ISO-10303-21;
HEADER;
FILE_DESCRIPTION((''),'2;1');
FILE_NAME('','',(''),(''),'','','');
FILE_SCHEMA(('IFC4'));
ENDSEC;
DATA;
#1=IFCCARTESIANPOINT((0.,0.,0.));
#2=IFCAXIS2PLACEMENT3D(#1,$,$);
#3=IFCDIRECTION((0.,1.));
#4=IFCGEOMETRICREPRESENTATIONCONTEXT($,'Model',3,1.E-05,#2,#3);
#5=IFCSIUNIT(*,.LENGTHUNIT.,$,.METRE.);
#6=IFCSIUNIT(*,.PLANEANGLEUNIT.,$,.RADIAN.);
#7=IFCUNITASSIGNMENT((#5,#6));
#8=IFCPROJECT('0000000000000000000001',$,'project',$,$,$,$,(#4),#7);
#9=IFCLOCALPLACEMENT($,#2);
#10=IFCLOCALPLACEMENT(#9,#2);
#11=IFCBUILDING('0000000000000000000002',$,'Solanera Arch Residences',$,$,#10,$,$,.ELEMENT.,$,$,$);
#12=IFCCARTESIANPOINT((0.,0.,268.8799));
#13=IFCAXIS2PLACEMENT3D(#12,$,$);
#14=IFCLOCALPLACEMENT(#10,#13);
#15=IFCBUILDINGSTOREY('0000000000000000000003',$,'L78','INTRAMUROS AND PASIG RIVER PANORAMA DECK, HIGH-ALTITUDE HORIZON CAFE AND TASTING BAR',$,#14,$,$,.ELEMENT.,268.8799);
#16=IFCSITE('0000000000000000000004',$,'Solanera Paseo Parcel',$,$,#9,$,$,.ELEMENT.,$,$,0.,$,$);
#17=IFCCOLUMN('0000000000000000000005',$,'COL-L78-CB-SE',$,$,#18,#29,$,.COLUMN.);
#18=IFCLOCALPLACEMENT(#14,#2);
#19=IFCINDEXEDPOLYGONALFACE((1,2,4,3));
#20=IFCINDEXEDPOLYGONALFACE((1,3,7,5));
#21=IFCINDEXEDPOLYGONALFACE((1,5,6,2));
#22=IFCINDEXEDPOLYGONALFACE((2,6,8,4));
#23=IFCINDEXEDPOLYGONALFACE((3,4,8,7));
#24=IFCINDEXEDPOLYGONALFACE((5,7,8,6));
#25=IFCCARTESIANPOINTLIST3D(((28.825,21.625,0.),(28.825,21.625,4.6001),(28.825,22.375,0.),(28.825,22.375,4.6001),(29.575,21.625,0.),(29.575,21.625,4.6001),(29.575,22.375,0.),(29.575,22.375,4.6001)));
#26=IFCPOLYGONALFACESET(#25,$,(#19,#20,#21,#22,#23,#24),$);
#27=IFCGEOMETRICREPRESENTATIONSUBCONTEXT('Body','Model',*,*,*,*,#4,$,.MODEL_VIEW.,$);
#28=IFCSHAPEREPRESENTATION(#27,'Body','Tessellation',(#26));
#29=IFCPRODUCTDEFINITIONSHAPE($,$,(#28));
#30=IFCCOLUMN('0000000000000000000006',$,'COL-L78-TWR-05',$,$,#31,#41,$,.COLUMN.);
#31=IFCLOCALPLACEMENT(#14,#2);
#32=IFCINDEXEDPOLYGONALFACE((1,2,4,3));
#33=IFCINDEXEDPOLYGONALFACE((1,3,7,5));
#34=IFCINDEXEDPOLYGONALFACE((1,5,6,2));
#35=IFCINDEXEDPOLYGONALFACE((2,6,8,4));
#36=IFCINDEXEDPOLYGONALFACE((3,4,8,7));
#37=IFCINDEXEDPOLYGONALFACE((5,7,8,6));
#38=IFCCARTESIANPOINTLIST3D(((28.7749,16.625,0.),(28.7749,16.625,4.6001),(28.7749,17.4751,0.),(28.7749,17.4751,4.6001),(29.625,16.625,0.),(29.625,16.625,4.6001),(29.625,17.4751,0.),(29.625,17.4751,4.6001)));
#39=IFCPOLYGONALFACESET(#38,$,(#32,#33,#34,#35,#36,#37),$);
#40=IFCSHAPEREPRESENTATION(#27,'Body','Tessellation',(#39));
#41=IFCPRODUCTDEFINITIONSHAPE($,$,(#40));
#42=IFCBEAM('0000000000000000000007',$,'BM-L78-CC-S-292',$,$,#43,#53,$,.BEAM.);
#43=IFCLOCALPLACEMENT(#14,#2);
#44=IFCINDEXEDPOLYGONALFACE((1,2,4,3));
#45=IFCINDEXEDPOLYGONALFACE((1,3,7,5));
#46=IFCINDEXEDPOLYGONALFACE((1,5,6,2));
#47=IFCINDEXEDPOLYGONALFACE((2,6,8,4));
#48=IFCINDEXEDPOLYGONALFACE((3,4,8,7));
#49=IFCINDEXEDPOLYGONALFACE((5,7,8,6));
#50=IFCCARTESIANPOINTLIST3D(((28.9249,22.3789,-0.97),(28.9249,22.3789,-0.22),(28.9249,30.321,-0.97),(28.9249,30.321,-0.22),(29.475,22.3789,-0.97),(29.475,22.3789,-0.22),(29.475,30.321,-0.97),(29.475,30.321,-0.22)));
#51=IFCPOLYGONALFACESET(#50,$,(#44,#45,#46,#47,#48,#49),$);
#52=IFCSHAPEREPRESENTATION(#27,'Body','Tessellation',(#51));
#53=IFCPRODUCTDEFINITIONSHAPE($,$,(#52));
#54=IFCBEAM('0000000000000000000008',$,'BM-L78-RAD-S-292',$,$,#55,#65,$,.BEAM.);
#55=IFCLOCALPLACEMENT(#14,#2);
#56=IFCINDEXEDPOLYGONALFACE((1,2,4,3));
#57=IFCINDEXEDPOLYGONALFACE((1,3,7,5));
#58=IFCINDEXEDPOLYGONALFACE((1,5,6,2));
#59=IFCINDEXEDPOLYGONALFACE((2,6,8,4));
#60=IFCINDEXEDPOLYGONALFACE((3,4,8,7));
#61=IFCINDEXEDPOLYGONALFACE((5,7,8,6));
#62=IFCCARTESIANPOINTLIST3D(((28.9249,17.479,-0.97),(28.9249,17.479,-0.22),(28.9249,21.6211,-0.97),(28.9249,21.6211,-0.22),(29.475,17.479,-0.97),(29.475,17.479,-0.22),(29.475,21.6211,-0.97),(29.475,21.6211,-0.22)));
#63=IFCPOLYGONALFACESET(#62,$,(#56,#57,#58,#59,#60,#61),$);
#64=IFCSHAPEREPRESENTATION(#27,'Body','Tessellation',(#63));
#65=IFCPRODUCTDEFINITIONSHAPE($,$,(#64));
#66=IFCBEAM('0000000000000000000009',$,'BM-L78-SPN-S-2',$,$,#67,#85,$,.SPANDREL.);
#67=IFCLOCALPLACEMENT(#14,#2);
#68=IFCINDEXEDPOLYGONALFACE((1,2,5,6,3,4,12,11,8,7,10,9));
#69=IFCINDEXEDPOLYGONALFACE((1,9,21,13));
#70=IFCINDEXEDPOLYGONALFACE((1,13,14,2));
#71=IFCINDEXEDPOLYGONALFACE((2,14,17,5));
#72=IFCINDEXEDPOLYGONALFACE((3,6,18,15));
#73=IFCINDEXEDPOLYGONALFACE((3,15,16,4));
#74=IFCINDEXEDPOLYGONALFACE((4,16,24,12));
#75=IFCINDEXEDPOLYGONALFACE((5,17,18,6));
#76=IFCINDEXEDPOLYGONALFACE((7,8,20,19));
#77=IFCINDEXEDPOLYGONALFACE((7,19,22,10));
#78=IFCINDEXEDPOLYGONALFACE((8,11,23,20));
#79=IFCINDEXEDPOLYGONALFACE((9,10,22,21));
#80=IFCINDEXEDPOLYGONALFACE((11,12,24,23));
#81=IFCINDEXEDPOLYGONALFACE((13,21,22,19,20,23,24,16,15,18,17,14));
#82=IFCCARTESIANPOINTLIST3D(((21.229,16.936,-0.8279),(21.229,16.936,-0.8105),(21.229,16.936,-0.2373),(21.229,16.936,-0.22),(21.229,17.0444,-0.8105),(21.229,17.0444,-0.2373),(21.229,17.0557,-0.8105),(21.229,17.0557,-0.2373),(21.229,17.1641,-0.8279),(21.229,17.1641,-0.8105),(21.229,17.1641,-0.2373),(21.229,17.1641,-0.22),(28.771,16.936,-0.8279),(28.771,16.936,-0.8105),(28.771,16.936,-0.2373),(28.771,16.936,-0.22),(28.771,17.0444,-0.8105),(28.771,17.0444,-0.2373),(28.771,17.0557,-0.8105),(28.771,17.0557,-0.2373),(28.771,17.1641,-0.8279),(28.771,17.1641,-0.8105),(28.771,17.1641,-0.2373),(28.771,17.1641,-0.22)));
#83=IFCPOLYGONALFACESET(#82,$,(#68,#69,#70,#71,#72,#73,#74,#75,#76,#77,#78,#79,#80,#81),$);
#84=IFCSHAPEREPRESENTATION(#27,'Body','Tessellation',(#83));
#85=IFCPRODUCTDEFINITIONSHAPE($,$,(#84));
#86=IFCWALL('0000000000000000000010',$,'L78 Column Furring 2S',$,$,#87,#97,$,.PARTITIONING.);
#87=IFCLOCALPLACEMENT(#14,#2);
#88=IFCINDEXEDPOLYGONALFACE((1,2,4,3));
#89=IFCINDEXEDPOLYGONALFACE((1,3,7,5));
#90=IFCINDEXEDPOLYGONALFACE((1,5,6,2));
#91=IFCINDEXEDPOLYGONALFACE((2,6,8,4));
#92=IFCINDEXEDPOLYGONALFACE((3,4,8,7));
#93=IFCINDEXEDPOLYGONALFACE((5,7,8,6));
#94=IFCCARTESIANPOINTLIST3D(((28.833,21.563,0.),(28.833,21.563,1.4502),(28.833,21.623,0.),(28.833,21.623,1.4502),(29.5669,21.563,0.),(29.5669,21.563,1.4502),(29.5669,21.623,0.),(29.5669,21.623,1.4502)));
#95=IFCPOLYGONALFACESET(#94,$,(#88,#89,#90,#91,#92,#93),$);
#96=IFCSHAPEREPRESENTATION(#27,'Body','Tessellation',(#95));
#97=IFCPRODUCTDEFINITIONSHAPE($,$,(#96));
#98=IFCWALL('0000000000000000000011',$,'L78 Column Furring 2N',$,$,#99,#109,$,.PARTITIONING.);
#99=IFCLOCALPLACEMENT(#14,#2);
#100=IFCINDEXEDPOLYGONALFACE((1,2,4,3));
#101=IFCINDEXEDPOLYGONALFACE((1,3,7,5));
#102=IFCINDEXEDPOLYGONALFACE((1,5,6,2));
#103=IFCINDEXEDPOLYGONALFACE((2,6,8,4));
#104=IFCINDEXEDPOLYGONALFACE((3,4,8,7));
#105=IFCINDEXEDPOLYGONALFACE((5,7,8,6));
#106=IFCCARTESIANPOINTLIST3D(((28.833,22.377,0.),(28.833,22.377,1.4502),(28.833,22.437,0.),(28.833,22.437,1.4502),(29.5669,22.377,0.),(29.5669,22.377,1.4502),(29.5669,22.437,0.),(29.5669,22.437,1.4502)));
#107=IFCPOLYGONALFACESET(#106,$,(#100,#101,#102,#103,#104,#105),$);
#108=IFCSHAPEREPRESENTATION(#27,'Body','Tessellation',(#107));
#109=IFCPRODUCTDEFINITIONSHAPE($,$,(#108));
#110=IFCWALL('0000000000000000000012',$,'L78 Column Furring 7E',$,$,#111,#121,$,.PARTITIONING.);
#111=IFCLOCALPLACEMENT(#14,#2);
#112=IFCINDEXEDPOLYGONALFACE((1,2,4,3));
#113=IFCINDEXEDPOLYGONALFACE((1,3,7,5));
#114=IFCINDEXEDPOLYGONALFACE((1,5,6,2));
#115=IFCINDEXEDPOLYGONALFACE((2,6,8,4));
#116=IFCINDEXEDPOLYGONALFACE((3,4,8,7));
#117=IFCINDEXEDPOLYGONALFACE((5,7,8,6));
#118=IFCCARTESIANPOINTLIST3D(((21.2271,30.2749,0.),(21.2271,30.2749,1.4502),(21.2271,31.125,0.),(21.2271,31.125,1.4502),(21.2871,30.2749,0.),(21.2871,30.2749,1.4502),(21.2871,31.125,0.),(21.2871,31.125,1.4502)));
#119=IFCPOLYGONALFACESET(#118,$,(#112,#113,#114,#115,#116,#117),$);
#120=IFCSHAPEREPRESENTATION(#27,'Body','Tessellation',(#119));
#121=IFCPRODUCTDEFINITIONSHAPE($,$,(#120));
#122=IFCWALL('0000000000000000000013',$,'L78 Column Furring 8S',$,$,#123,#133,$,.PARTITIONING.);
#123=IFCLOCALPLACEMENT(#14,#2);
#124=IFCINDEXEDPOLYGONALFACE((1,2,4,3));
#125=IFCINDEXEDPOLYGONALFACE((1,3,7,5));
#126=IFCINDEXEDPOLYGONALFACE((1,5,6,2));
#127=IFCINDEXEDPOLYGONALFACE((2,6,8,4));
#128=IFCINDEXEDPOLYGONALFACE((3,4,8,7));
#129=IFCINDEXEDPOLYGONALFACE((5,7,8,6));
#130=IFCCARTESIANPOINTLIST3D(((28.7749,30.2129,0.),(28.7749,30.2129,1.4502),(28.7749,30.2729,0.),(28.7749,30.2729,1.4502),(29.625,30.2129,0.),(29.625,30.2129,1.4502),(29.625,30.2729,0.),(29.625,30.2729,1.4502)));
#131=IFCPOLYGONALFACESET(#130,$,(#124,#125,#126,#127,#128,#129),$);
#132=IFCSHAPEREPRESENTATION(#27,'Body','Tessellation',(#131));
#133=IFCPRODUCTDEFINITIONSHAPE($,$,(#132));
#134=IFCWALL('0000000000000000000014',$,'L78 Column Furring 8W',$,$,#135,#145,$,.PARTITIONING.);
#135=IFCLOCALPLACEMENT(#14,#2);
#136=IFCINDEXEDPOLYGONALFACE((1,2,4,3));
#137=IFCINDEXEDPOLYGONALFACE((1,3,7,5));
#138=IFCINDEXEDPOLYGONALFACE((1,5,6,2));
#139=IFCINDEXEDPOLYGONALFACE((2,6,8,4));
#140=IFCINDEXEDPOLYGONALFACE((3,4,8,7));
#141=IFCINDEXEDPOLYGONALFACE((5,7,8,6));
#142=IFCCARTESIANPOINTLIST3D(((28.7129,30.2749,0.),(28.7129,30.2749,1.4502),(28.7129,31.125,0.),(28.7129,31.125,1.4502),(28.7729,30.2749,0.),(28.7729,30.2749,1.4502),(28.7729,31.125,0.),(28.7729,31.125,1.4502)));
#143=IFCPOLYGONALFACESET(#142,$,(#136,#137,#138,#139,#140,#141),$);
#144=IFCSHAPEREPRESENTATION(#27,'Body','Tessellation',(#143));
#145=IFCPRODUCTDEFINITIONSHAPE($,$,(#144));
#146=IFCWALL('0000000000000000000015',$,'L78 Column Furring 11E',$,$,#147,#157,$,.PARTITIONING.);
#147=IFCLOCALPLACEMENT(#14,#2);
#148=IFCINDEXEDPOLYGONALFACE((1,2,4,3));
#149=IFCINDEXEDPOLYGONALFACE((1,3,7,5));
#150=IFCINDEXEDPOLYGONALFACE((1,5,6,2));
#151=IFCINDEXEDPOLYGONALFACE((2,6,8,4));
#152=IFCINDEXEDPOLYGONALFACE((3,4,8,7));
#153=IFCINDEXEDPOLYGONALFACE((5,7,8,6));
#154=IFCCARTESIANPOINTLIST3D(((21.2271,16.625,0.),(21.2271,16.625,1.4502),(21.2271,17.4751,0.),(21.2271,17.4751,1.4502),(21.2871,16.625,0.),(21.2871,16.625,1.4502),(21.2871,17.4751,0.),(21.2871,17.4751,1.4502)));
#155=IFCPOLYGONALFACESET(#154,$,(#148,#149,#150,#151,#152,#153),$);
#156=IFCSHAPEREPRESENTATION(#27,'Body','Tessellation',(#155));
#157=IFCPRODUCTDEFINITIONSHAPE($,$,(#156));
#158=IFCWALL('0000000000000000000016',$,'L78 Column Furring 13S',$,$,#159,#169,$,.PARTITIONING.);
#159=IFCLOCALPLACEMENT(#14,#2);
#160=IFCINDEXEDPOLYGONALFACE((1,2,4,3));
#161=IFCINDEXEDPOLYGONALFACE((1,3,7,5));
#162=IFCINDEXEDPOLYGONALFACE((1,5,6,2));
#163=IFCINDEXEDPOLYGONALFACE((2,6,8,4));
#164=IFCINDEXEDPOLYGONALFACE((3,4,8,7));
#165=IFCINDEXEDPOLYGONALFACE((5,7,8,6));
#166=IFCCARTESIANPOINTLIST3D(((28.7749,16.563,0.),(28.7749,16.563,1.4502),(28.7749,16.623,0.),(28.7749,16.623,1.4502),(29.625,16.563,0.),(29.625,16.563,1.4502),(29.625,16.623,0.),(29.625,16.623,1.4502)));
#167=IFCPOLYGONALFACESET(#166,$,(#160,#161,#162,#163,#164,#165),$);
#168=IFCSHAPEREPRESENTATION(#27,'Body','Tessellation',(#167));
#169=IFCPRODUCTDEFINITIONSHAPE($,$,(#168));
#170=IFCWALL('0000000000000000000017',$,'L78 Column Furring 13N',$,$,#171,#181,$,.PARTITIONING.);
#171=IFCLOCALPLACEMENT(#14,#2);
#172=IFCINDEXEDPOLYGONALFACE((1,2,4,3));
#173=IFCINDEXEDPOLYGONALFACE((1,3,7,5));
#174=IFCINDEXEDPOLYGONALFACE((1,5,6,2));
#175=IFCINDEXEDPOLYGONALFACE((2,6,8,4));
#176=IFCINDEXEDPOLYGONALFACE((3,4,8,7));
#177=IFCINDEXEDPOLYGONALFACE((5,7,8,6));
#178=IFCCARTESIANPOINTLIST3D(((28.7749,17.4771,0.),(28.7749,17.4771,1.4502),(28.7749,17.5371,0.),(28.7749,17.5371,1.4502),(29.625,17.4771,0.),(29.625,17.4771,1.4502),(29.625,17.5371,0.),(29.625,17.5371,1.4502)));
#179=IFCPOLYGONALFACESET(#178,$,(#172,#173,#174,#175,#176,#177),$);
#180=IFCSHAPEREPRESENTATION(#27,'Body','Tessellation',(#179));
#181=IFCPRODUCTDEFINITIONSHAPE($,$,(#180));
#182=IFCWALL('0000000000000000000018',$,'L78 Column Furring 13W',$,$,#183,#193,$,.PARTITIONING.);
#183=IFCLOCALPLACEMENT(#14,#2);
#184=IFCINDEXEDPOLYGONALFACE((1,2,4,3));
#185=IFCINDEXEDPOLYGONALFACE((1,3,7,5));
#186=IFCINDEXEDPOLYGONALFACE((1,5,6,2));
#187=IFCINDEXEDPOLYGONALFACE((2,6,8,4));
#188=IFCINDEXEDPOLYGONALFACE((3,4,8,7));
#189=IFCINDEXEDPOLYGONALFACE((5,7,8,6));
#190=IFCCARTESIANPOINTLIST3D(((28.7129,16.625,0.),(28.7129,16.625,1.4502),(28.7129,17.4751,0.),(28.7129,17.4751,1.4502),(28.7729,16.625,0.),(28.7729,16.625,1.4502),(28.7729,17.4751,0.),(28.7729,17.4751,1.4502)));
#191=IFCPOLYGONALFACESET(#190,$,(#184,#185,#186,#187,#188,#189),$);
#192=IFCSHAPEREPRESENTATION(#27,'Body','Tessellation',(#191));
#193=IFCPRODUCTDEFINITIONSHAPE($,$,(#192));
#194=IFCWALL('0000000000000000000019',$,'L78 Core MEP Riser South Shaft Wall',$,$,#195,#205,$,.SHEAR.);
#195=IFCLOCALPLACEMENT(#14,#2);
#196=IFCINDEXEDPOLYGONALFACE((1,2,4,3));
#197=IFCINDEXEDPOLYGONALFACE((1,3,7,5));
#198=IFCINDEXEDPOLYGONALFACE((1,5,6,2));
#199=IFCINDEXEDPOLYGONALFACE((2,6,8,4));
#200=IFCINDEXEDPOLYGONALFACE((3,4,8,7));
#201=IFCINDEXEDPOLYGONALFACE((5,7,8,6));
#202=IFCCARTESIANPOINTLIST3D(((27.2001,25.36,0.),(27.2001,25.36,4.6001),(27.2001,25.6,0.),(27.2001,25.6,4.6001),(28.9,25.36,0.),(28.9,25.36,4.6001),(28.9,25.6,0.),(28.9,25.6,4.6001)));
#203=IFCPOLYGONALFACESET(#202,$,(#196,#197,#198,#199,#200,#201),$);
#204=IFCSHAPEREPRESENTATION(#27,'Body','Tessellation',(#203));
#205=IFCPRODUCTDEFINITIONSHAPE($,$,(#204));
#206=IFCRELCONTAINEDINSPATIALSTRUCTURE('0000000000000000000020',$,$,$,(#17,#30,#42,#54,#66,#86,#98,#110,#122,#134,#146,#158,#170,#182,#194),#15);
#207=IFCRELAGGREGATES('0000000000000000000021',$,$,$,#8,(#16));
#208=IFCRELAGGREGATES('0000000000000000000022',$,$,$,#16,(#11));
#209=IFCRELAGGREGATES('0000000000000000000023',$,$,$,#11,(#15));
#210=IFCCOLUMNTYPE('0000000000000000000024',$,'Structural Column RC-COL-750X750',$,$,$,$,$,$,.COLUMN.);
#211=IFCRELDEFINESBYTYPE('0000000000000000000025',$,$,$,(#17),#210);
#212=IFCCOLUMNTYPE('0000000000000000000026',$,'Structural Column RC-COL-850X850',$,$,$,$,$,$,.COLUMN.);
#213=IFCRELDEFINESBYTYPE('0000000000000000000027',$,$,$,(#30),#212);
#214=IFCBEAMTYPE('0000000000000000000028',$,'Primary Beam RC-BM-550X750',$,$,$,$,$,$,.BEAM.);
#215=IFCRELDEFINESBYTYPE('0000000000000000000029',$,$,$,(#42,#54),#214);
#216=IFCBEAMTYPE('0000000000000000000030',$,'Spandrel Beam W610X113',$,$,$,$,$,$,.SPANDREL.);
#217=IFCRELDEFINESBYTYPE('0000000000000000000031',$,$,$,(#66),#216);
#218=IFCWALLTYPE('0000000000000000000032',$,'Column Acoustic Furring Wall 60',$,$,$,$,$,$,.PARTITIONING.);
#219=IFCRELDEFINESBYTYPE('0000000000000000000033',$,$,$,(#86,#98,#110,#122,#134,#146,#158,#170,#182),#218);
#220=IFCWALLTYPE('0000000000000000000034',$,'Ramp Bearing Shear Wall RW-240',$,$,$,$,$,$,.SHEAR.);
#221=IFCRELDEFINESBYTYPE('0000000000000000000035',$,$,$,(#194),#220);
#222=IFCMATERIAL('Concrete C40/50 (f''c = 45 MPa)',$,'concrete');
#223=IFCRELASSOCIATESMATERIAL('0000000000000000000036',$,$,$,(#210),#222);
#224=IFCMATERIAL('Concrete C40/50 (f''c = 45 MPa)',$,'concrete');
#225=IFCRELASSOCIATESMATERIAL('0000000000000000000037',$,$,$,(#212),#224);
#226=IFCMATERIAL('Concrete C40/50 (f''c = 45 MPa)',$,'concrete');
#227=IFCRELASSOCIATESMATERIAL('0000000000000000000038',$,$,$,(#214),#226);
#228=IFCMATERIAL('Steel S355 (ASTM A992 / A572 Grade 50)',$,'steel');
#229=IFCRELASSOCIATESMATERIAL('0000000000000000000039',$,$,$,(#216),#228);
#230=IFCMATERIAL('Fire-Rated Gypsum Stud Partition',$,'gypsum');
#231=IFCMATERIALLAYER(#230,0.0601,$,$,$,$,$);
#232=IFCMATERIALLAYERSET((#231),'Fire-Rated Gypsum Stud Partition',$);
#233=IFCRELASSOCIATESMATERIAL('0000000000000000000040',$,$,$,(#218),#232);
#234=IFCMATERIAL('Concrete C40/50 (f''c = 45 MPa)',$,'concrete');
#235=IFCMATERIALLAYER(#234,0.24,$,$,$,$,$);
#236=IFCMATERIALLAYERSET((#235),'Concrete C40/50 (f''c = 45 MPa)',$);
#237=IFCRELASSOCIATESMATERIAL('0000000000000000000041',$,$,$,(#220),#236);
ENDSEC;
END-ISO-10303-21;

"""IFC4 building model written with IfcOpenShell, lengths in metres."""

from ifc_helpers import new_model, si_unit, direction, frame, frame_2d, origin, origin_2d, place, context, subcontext, project, spatial, rectangle, i_section, extrude, material, layer, layer_set, material_profile, profile_set, type_object, element, save


model = new_model("IFC4")

# Units and contexts
model_context = context("Model", 3, precision=1e-05, world=origin(), true_north=direction((0.0, 1.0)))
body_context = subcontext(model_context, "Body", "Model", "MODEL_VIEW")
ifc_project = project(units=[si_unit("LENGTHUNIT", "METRE"), si_unit("PLANEANGLEUNIT", "RADIAN")], contexts=[model_context])

# Site, building, storey
site_placement = place(None, origin())
site = spatial("IfcSite", under=ifc_project, at=site_placement, Name="Solanera Paseo Parcel", CompositionType="ELEMENT", RefElevation=0.0)
building_placement = place(site_placement, origin())
building = spatial("IfcBuilding", under=site, at=building_placement, Name="Solanera Arch Residences", CompositionType="ELEMENT")
storey_placement = place(building_placement, frame((0.0, 0.0, 268.8799)))
storey = spatial("IfcBuildingStorey", under=building, at=storey_placement, Name="L78", Description="INTRAMUROS AND PASIG RIVER PANORAMA DECK, HIGH-ALTITUDE HORIZON CAFE AND TASTING BAR", CompositionType="ELEMENT", Elevation=268.8799)

# Columns
ifc_material_1 = material(Name="Concrete C40/50 (f'c = 45 MPa)", Category="concrete")
ifc_material_profile_1 = material_profile(ifc_material_1, rectangle(XDim=0.75, YDim=0.75, at=origin_2d()))
ifc_profile_set_1 = profile_set([ifc_material_profile_1], Name="Concrete C40/50 (f'c = 45 MPa)")
column_type_1 = type_object("IfcColumnType", Name="Structural Column RC-COL-750X750", PredefinedType="COLUMN", material=ifc_profile_set_1)
column_1_placement = place(storey_placement, frame((29.2, 22.0, 0.0), z_axis=(0.0, 0.0, 1.0), x_axis=(1.0, 0.0, 0.0)))
element("IfcColumn", 1, at=column_1_placement, inside=storey, type_object=column_type_1, Name="COL-L78-CB-SE", PredefinedType="COLUMN", context=body_context, shape_type="SweptSolid", body=[
    extrude(rectangle(XDim=0.75, YDim=0.75, at=origin_2d()), origin(), (0.0, 0.0, 1.0), 4.6001),
])
ifc_material_2 = material(Name="Concrete C40/50 (f'c = 45 MPa)", Category="concrete")
ifc_material_profile_2 = material_profile(ifc_material_2, rectangle(XDim=0.8501, YDim=0.8501, at=origin_2d()))
ifc_profile_set_2 = profile_set([ifc_material_profile_2], Name="Concrete C40/50 (f'c = 45 MPa)")
column_type_2 = type_object("IfcColumnType", Name="Structural Column RC-COL-850X850", PredefinedType="COLUMN", material=ifc_profile_set_2)
column_2_placement = place(storey_placement, frame((29.2, 17.05, 0.0), z_axis=(0.0, 0.0, 1.0), x_axis=(1.0, 0.0, 0.0)))
element("IfcColumn", 2, at=column_2_placement, inside=storey, type_object=column_type_2, Name="COL-L78-TWR-05", PredefinedType="COLUMN", context=body_context, shape_type="SweptSolid", body=[
    extrude(rectangle(XDim=0.8501, YDim=0.8501, at=origin_2d()), origin(), (0.0, 0.0, 1.0), 4.6001),
])

# Beams
ifc_material_3 = material(Name="Concrete C40/50 (f'c = 45 MPa)", Category="concrete")
ifc_material_profile_3 = material_profile(ifc_material_3, rectangle(XDim=0.55, YDim=0.75, at=origin_2d()))
ifc_profile_set_3 = profile_set([ifc_material_profile_3], Name="Concrete C40/50 (f'c = 45 MPa)")
beam_type_1 = type_object("IfcBeamType", Name="Primary Beam RC-BM-550X750", PredefinedType="BEAM", material=ifc_profile_set_3)
beam_1_placement = place(storey_placement, frame((29.2, 22.3789, -0.595), z_axis=(0.0, 1.0, 0.0), x_axis=(-1.0, 0.0, 0.0)))
element("IfcBeam", 3, at=beam_1_placement, inside=storey, type_object=beam_type_1, Name="BM-L78-CC-S-292", PredefinedType="BEAM", context=body_context, shape_type="SweptSolid", body=[
    extrude(rectangle(XDim=0.55, YDim=0.75, at=origin_2d()), origin(), (0.0, 0.0, 1.0), 7.9421),
])
beam_2_placement = place(storey_placement, frame((29.2, 17.479, -0.595), z_axis=(0.0, 1.0, 0.0), x_axis=(-1.0, 0.0, 0.0)))
element("IfcBeam", 4, at=beam_2_placement, inside=storey, type_object=beam_type_1, Name="BM-L78-RAD-S-292", PredefinedType="BEAM", context=body_context, shape_type="SweptSolid", body=[
    extrude(rectangle(XDim=0.55, YDim=0.75, at=origin_2d()), origin(), (0.0, 0.0, 1.0), 4.1421),
])
ifc_material_4 = material(Name="Steel S355 (ASTM A992 / A572 Grade 50)", Category="steel")
ifc_material_profile_4 = material_profile(ifc_material_4, i_section(OverallWidth=0.228, OverallDepth=0.6079, WebThickness=0.0112, FlangeThickness=0.0173, at=origin_2d()))
ifc_profile_set_4 = profile_set([ifc_material_profile_4], Name="Steel S355 (ASTM A992 / A572 Grade 50)")
beam_type_2 = type_object("IfcBeamType", Name="Spandrel Beam W610X113", PredefinedType="SPANDREL", material=ifc_profile_set_4)
beam_3_placement = place(storey_placement, frame((21.229, 17.05, -0.5239), z_axis=(1.0, 0.0, 0.0), x_axis=(0.0, 1.0, 0.0)))
element("IfcBeam", 5, at=beam_3_placement, inside=storey, type_object=beam_type_2, Name="BM-L78-SPN-S-2", PredefinedType="SPANDREL", context=body_context, shape_type="SweptSolid", body=[
    extrude(i_section(OverallWidth=0.228, OverallDepth=0.6079, WebThickness=0.0112, FlangeThickness=0.0173, at=origin_2d()), origin(), (0.0, 0.0, 1.0), 7.542),
])

# Walls
ifc_material_5 = material(Name="Fire-Rated Gypsum Stud Partition", Category="gypsum")
ifc_layer_1 = layer(ifc_material_5, 0.0601)
ifc_layer_set_1 = layer_set([ifc_layer_1], Name="Fire-Rated Gypsum Stud Partition")
wall_type_1 = type_object("IfcWallType", Name="Column Acoustic Furring Wall 60", PredefinedType="PARTITIONING", material=ifc_layer_set_1)
for number, where, z_axis, x_axis, name in (
    (6, (28.833, 21.593, 0.0), (0.0, 0.0, 1.0), (1.0, 0.0, 0.0), "L78 Column Furring 2S"),
    (7, (28.833, 22.407, 0.0), (0.0, 0.0, 1.0), (1.0, 0.0, 0.0), "L78 Column Furring 2N"),
):
    element("IfcWall", number, at=place(storey_placement, frame(where, z_axis=z_axis, x_axis=x_axis)), inside=storey, type_object=wall_type_1, Name=name, PredefinedType="PARTITIONING", context=body_context, shape_type="SweptSolid", body=[
        extrude(rectangle(XDim=0.7339, YDim=0.0601, at=frame_2d((0.3669, 0.0))), origin(), (0.0, 0.0, 1.0), 1.4502),
    ])
for number, where, z_axis, x_axis, name in (
    (8, (21.2571, 30.2749, 0.0), (0.0, 0.0, 1.0), (0.0, 1.0, 0.0), "L78 Column Furring 7E"),
    (9, (28.7749, 30.2429, 0.0), (0.0, 0.0, 1.0), (1.0, 0.0, 0.0), "L78 Column Furring 8S"),
    (10, (28.7429, 30.2749, 0.0), (0.0, 0.0, 1.0), (0.0, 1.0, 0.0), "L78 Column Furring 8W"),
    (11, (21.2571, 16.625, 0.0), (0.0, 0.0, 1.0), (0.0, 1.0, 0.0), "L78 Column Furring 11E"),
    (12, (28.7749, 16.593, 0.0), (0.0, 0.0, 1.0), (1.0, 0.0, 0.0), "L78 Column Furring 13S"),
    (13, (28.7749, 17.5071, 0.0), (0.0, 0.0, 1.0), (1.0, 0.0, 0.0), "L78 Column Furring 13N"),
    (14, (28.7429, 16.625, 0.0), (0.0, 0.0, 1.0), (0.0, 1.0, 0.0), "L78 Column Furring 13W"),
):
    element("IfcWall", number, at=place(storey_placement, frame(where, z_axis=z_axis, x_axis=x_axis)), inside=storey, type_object=wall_type_1, Name=name, PredefinedType="PARTITIONING", context=body_context, shape_type="SweptSolid", body=[
        extrude(rectangle(XDim=0.8501, YDim=0.0601, at=frame_2d((0.425, 0.0))), origin(), (0.0, 0.0, 1.0), 1.4502),
    ])
ifc_material_6 = material(Name="Concrete C40/50 (f'c = 45 MPa)", Category="concrete")
ifc_layer_2 = layer(ifc_material_6, 0.24)
ifc_layer_set_2 = layer_set([ifc_layer_2], Name="Concrete C40/50 (f'c = 45 MPa)")
wall_type_2 = type_object("IfcWallType", Name="Ramp Bearing Shear Wall RW-240", PredefinedType="SHEAR", material=ifc_layer_set_2)
for number, where, z_axis, x_axis, name in (
    (15, (27.2, 25.48, 0.0), (0.0, 0.0, 1.0), (1.0, 0.0, 0.0), "L78 Core MEP Riser South Shaft Wall"),
):
    element("IfcWall", number, at=place(storey_placement, frame(where, z_axis=z_axis, x_axis=x_axis)), inside=storey, type_object=wall_type_2, Name=name, PredefinedType="SHEAR", context=body_context, shape_type="SweptSolid", body=[
        extrude(rectangle(XDim=1.7, YDim=0.24, at=frame_2d((0.8501, 0.0))), origin(), (0.0, 0.0, 1.0), 4.6001),
    ])

save(model, "model.ifc")
